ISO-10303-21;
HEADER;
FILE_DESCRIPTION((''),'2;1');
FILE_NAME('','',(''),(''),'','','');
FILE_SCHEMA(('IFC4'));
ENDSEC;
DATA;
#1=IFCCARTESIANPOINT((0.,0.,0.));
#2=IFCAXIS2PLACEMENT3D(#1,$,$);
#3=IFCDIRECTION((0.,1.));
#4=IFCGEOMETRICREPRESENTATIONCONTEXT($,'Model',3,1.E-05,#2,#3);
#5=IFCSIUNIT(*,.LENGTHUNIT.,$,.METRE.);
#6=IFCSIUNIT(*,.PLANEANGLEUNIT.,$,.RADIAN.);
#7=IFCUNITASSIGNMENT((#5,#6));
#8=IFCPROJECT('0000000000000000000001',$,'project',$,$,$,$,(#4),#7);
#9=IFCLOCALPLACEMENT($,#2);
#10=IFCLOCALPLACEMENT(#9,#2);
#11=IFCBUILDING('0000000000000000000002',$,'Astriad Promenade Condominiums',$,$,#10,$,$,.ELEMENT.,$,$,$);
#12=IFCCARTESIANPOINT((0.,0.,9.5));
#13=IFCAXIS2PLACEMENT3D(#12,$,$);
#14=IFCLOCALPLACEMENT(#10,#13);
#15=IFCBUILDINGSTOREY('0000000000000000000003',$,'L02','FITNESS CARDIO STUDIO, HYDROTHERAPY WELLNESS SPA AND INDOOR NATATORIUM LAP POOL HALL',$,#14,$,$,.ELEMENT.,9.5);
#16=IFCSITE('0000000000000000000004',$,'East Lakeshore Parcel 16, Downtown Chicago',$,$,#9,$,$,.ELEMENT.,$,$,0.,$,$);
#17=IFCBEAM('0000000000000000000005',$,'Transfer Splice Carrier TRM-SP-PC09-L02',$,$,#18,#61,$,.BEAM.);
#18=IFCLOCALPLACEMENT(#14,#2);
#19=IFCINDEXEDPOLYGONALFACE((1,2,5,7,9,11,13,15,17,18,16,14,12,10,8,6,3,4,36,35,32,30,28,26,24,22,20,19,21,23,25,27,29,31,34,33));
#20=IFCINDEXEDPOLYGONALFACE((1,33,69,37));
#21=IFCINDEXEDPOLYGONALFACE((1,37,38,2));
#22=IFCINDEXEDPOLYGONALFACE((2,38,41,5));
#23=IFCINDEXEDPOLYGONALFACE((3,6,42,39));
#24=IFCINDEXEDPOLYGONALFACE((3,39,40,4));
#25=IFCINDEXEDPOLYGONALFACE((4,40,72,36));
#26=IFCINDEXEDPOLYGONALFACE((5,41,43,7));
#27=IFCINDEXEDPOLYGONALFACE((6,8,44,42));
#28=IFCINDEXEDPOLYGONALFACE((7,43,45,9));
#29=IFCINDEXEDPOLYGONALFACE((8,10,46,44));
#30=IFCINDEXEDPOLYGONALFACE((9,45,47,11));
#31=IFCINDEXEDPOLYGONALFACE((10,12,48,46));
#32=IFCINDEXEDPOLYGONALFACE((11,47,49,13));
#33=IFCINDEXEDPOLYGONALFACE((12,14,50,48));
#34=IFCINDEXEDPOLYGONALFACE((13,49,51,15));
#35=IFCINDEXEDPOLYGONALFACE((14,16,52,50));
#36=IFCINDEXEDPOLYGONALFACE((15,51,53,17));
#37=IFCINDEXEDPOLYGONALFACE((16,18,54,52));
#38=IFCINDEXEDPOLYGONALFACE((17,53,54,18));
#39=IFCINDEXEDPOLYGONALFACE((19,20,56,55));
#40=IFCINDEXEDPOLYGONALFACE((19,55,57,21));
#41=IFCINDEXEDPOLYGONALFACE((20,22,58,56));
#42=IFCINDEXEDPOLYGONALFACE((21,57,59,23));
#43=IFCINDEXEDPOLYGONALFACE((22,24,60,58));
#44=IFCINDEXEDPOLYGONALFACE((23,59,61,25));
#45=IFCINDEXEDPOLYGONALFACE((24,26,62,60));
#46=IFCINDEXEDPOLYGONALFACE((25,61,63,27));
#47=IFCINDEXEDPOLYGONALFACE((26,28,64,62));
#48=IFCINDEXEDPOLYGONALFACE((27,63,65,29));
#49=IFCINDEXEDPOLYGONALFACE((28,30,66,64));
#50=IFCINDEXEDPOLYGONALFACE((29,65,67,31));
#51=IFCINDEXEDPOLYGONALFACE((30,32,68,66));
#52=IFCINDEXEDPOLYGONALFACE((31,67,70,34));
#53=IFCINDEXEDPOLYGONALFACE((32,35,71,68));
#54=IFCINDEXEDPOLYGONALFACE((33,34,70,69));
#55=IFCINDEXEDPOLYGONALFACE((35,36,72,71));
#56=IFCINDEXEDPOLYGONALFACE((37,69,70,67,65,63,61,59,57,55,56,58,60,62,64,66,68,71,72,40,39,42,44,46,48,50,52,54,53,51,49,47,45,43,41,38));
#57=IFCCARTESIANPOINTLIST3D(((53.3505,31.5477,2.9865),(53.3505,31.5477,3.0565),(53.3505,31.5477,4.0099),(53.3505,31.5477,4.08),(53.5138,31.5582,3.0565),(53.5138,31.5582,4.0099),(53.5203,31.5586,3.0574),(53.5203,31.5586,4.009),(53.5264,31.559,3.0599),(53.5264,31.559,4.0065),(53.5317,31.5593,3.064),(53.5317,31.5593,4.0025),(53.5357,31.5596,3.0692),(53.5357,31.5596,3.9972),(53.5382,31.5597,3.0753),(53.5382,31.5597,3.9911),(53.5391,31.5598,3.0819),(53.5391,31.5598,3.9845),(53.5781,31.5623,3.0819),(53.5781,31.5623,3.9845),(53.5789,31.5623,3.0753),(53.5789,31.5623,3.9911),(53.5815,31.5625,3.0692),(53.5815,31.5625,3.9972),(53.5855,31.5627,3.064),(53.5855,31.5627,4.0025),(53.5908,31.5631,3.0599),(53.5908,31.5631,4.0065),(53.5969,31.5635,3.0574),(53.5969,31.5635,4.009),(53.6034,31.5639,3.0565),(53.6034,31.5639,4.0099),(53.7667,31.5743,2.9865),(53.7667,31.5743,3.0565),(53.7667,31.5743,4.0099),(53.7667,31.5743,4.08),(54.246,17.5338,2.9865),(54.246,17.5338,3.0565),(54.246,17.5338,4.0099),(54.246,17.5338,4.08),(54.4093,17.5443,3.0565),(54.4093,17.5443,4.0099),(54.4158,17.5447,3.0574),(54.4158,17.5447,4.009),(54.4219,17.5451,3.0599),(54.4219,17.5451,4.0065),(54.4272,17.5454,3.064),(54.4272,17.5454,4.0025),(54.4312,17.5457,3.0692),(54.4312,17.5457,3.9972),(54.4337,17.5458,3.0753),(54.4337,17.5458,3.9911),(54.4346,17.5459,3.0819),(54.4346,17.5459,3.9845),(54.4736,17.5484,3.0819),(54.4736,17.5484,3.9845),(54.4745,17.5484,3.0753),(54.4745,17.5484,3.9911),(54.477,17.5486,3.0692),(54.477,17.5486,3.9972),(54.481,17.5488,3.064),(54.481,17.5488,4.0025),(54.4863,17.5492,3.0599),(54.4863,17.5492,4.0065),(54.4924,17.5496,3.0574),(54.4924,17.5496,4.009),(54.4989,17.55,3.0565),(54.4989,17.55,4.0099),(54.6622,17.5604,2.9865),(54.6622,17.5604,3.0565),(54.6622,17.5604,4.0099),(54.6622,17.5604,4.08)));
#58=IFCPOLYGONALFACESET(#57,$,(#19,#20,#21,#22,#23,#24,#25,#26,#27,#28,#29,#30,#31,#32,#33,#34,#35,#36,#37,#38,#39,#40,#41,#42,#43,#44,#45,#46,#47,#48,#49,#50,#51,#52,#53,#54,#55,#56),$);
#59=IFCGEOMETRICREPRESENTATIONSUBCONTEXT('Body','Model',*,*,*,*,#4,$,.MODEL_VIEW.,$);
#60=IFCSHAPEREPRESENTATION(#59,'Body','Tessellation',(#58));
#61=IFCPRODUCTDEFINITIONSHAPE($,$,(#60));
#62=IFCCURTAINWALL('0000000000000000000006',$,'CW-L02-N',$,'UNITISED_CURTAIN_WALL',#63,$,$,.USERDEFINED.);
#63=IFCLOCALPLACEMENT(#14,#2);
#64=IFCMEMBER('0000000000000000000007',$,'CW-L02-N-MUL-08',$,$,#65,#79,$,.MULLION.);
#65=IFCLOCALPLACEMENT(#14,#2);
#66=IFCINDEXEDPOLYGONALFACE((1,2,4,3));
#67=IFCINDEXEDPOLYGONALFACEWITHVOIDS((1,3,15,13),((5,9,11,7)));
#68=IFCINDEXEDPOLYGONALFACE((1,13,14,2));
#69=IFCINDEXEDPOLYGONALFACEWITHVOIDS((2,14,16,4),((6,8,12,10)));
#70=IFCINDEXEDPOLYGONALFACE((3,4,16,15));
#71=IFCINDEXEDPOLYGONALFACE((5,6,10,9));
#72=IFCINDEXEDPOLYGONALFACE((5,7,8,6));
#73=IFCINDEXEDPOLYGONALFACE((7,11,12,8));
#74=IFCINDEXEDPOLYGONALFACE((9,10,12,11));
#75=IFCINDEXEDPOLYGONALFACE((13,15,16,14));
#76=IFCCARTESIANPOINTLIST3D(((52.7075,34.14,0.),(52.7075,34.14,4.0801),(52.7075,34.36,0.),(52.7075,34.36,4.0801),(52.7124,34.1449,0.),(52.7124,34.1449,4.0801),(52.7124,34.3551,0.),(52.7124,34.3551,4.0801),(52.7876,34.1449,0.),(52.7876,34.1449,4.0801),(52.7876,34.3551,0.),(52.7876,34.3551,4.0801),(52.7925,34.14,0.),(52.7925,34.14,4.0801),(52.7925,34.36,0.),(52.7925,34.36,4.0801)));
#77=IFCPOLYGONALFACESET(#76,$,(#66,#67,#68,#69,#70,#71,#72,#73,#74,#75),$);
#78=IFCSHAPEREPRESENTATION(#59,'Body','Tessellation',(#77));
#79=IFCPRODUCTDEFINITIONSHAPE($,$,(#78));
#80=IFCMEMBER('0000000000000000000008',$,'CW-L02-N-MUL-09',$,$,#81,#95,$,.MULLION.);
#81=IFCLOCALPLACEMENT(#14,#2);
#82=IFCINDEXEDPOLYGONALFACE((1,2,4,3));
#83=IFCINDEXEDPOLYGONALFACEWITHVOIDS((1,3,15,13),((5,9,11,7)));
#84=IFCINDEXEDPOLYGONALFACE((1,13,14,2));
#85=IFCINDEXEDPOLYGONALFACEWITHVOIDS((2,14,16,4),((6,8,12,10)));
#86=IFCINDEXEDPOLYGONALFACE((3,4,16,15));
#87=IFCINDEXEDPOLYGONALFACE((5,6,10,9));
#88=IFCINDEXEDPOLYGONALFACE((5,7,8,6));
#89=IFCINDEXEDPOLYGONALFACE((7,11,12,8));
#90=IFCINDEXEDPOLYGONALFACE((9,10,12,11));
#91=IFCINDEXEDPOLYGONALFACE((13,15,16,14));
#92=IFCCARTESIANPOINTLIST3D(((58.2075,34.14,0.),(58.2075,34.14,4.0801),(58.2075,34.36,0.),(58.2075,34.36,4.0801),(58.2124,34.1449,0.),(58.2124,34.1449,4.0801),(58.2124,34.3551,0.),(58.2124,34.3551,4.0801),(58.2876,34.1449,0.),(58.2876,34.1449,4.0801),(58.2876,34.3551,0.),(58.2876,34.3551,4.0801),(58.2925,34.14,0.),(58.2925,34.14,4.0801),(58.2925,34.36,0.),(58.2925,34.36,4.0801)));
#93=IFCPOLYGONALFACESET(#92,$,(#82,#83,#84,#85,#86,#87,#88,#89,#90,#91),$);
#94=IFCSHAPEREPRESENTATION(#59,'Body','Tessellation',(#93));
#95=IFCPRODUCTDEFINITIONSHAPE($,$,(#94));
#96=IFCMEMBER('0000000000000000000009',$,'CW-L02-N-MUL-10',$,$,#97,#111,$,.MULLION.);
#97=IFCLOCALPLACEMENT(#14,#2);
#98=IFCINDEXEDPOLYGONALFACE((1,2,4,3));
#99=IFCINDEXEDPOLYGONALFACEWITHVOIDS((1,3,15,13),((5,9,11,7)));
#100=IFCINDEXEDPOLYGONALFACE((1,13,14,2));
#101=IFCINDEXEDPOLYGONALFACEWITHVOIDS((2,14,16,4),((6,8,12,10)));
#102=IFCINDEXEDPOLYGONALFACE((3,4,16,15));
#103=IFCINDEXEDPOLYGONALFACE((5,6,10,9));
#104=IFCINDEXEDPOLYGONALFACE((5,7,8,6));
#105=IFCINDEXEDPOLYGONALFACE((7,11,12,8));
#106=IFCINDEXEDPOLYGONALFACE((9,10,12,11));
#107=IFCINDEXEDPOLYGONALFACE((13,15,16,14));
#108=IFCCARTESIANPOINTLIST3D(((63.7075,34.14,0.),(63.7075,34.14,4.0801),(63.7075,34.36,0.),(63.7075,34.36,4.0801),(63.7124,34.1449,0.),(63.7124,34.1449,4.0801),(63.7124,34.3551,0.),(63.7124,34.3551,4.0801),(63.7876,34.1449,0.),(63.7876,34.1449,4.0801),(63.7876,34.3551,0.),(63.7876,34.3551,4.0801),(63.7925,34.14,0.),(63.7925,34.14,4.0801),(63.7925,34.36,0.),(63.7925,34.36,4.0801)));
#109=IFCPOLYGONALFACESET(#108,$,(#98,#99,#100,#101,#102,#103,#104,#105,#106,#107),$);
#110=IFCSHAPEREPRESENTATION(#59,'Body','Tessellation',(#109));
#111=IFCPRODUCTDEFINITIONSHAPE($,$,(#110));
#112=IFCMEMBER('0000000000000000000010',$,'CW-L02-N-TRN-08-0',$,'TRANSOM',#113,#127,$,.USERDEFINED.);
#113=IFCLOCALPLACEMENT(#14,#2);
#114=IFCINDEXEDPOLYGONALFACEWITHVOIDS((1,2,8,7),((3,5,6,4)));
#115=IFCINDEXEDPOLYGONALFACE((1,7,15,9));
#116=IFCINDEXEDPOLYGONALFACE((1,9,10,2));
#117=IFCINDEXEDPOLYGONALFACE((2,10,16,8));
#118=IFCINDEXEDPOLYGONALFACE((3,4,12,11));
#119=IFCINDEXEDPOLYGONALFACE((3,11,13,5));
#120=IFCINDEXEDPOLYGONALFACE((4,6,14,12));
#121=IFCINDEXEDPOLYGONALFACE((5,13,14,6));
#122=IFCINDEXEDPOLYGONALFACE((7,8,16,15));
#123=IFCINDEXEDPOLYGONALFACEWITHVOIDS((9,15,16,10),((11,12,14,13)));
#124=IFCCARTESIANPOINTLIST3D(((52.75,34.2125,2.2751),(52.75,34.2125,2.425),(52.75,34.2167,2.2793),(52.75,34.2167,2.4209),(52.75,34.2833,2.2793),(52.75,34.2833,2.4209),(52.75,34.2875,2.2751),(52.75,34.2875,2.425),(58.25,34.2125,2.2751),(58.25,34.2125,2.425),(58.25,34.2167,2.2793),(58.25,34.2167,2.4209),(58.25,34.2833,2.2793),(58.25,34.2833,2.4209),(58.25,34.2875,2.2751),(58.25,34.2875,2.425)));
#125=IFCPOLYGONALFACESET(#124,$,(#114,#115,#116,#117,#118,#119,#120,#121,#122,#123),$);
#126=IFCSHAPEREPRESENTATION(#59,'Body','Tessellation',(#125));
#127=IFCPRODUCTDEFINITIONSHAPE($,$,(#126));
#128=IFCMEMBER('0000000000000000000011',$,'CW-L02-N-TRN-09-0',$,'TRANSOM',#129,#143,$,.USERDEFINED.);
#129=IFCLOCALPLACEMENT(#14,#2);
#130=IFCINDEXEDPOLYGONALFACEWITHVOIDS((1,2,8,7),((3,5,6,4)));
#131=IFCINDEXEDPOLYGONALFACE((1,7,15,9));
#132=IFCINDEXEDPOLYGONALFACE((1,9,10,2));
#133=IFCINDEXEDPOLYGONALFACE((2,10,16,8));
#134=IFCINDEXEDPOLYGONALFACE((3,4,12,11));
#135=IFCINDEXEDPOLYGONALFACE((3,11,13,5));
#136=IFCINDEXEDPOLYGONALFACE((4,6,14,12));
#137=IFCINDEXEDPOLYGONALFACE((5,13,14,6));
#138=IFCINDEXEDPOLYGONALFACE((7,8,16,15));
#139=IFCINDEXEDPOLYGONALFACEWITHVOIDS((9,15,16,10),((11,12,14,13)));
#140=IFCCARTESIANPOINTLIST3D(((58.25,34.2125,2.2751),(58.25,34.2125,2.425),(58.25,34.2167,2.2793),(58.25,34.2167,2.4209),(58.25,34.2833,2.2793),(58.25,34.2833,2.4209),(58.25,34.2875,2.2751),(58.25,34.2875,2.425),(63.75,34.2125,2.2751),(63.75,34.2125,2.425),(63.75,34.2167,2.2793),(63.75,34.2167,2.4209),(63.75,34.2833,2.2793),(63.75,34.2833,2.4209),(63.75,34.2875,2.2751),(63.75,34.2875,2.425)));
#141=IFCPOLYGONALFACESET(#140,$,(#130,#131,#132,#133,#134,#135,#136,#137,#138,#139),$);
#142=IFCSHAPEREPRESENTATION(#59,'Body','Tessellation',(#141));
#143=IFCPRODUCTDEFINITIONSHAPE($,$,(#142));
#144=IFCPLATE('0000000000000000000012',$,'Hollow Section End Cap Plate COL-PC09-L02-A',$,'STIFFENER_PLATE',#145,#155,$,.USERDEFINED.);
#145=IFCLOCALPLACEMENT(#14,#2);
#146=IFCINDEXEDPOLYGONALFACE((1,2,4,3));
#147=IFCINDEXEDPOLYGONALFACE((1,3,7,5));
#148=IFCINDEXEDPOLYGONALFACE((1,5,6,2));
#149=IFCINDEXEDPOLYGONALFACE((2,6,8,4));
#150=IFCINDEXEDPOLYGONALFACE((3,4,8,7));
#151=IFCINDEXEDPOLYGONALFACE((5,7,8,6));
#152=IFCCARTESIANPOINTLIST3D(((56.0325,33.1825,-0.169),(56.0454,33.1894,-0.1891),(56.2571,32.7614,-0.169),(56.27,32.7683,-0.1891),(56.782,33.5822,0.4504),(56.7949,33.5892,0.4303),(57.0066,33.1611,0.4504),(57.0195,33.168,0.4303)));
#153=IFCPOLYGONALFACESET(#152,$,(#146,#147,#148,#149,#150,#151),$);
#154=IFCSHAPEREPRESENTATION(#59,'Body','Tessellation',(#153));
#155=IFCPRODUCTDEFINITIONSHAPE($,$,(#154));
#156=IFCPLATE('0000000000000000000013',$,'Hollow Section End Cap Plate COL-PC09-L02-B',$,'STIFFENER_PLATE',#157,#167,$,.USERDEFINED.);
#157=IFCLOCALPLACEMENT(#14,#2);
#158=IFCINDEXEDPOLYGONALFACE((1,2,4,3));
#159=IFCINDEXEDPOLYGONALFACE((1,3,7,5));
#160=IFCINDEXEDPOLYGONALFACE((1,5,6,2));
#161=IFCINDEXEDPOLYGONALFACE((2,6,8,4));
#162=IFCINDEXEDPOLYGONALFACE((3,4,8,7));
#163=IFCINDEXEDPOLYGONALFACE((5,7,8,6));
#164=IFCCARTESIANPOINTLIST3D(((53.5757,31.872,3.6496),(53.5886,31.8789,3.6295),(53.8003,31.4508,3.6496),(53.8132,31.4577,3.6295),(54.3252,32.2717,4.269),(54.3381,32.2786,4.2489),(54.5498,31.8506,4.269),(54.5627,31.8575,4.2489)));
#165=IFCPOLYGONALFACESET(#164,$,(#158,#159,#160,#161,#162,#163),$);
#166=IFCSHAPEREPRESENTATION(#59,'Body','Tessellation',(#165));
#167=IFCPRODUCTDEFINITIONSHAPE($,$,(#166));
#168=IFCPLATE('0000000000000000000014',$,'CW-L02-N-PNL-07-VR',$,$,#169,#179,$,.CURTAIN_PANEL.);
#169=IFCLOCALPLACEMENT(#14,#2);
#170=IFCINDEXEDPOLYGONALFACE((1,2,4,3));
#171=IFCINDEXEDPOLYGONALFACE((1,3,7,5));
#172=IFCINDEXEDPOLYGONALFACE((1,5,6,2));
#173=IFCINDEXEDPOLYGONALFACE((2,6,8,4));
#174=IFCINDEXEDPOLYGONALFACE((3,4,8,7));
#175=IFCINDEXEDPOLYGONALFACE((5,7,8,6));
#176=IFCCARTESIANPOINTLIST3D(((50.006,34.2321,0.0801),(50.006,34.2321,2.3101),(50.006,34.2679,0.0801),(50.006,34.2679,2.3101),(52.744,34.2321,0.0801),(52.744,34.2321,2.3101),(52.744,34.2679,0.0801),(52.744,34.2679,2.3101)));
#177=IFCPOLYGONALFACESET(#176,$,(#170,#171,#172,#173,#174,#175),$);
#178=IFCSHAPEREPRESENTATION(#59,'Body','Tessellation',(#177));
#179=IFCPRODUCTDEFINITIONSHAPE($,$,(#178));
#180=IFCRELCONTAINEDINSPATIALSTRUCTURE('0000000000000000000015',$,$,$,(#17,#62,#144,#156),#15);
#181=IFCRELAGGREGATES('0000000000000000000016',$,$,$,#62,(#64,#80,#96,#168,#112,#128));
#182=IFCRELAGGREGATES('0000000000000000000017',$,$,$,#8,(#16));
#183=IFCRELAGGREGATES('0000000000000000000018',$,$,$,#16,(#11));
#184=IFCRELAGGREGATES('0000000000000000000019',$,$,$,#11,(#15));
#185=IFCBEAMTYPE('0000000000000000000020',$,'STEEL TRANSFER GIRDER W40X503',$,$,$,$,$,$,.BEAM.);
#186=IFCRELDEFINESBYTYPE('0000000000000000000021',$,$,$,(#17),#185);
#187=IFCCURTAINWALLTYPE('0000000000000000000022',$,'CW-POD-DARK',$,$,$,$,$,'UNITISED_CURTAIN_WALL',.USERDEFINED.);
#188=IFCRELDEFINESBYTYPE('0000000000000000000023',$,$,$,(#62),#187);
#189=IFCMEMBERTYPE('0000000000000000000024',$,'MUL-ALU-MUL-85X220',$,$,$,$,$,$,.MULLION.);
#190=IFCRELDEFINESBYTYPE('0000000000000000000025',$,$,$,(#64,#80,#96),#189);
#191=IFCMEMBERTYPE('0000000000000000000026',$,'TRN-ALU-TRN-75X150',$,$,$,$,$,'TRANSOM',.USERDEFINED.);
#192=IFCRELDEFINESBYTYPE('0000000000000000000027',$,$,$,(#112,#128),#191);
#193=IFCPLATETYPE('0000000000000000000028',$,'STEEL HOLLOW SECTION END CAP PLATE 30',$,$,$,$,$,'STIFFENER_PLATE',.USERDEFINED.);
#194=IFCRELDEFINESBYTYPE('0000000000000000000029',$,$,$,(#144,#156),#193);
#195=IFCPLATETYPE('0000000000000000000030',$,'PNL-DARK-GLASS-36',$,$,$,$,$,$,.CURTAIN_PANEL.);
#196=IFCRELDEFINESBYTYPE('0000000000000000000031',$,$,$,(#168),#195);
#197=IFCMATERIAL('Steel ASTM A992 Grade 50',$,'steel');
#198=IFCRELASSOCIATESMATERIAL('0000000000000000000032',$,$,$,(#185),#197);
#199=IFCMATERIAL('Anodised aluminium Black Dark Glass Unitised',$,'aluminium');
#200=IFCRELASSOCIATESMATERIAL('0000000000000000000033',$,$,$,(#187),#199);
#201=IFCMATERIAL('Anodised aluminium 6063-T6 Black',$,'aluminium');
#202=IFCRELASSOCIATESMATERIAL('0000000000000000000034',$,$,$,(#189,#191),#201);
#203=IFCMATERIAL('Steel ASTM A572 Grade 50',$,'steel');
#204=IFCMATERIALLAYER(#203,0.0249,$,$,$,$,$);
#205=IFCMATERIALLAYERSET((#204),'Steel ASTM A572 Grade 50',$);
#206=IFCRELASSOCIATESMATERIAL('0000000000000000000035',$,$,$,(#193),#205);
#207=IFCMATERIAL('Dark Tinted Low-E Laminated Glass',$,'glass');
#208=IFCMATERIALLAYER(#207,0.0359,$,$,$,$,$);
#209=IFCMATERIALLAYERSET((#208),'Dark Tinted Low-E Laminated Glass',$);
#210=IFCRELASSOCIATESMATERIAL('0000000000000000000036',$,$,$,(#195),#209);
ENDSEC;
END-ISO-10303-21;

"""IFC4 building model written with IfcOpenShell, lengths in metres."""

from ifc_helpers import new_model, si_unit, direction, frame, origin, origin_2d, place, context, subcontext, project, spatial, rectangle, hollow_rectangle, i_section, extrude, source, transform, mapped, material, layer, layer_set, material_profile, profile_set, type_object, type_shapes, element, aggregate, save


model = new_model("IFC4")

# Units and contexts
model_context = context("Model", 3, precision=1e-05, world=origin(), true_north=direction((0.0, 1.0)))
body_context = subcontext(model_context, "Body", "Model", "MODEL_VIEW")
ifc_project = project(units=[si_unit("LENGTHUNIT", "METRE"), si_unit("PLANEANGLEUNIT", "RADIAN")], contexts=[model_context])

# Site, building, storey
site_placement = place(None, origin())
site = spatial("IfcSite", under=ifc_project, at=site_placement, Name="East Lakeshore Parcel 16, Downtown Chicago", CompositionType="ELEMENT", RefElevation=0.0)
building_placement = place(site_placement, origin())
building = spatial("IfcBuilding", under=site, at=building_placement, Name="Astriad Promenade Condominiums", CompositionType="ELEMENT")
storey_placement = place(building_placement, frame((0.0, 0.0, 9.5)))
storey = spatial("IfcBuildingStorey", under=building, at=storey_placement, Name="L02", Description="FITNESS CARDIO STUDIO, HYDROTHERAPY WELLNESS SPA AND INDOOR NATATORIUM LAP POOL HALL", CompositionType="ELEMENT", Elevation=9.5)

# Shared definitions
ifc_material_1 = material(Name="Steel ASTM A992 Grade 50", Category="steel")

# Beam
ifc_material_profile_1 = material_profile(ifc_material_1, i_section(OverallWidth=0.417, OverallDepth=1.0935, WebThickness=0.0391, FlangeThickness=0.0701, FilletRadius=0.0254, at=origin_2d()), Name="W40X503")
ifc_profile_set_1 = profile_set([ifc_material_profile_1], Name="Steel ASTM A992 Grade 50")
beam_type_1 = type_object("IfcBeamType", Name="STEEL TRANSFER GIRDER W40X503", PredefinedType="BEAM", material=ifc_profile_set_1)
shared_shape_1 = source(origin(), body_context, "Body", "SweptSolid", [
    extrude(i_section(OverallWidth=0.417, OverallDepth=1.0935, WebThickness=0.0391, FlangeThickness=0.0701, FilletRadius=0.0254, at=origin_2d()), origin(), (0.0, 0.0, 1.0), 14.0425),
])
type_shapes(beam_type_1, [shared_shape_1])
beam_1_placement = place(storey_placement, frame((54.4541, 17.5471, 3.5332), z_axis=(-0.063771, 0.997965, 0.0), x_axis=(-0.997965, -0.063771, 0.0)))
element("IfcBeam", 1, at=beam_1_placement, inside=storey, type_object=beam_type_1, Name="Transfer Splice Carrier TRM-SP-PC09-L02", PredefinedType="BEAM", context=body_context, shape_type="MappedRepresentation", body=[
    mapped(shared_shape_1, transform((0.0, 0.0, 0.0), scale=1.0)),
])

# Curtain wall, members
ifc_material_2 = material(Name="Anodised aluminium Black Dark Glass Unitised", Category="aluminium")
curtain_wall_type = type_object("IfcCurtainWallType", Name="CW-POD-DARK", ElementType="UNITISED_CURTAIN_WALL", PredefinedType="USERDEFINED", material=ifc_material_2)
curtain_wall_placement = place(storey_placement, origin())
curtain_wall = element("IfcCurtainWall", 2, at=curtain_wall_placement, inside=storey, type_object=curtain_wall_type, Name="CW-L02-N", ObjectType="UNITISED_CURTAIN_WALL", PredefinedType="USERDEFINED")
ifc_material_3 = material(Name="Anodised aluminium 6063-T6 Black", Category="aluminium")
ifc_material_profile_2 = material_profile(ifc_material_3, hollow_rectangle(XDim=0.085, YDim=0.22, WallThickness=0.0049, at=origin_2d()), Name="ALU-MUL-85X220")
ifc_profile_set_2 = profile_set([ifc_material_profile_2], Name="Anodised aluminium 6063-T6 Black")
member_type_1 = type_object("IfcMemberType", Name="MUL-ALU-MUL-85X220", PredefinedType="MULLION", material=ifc_profile_set_2)
shared_shape_2 = source(origin(), body_context, "Body", "SweptSolid", [
    extrude(hollow_rectangle(XDim=0.085, YDim=0.22, WallThickness=0.0049, at=origin_2d()), origin(), (0.0, 0.0, 1.0), 4.0801),
])
type_shapes(member_type_1, [shared_shape_2])
member_1_placement = place(storey_placement, frame((52.75, 34.25, 0.0), z_axis=(0.0, 0.0, 1.0), x_axis=(1.0, 0.0, 0.0)))
member_1 = element("IfcMember", 3, at=member_1_placement, type_object=member_type_1, Name="CW-L02-N-MUL-08", PredefinedType="MULLION", context=body_context, shape_type="MappedRepresentation", body=[
    mapped(shared_shape_2, transform((0.0, 0.0, 0.0), scale=1.0)),
])
member_2_placement = place(storey_placement, frame((58.25, 34.25, 0.0), z_axis=(0.0, 0.0, 1.0), x_axis=(1.0, 0.0, 0.0)))
member_2 = element("IfcMember", 4, at=member_2_placement, type_object=member_type_1, Name="CW-L02-N-MUL-09", PredefinedType="MULLION", context=body_context, shape_type="MappedRepresentation", body=[
    mapped(shared_shape_2, transform((0.0, 0.0, 0.0), scale=1.0)),
])
member_3_placement = place(storey_placement, frame((63.75, 34.25, 0.0), z_axis=(0.0, 0.0, 1.0), x_axis=(1.0, 0.0, 0.0)))
member_3 = element("IfcMember", 5, at=member_3_placement, type_object=member_type_1, Name="CW-L02-N-MUL-10", PredefinedType="MULLION", context=body_context, shape_type="MappedRepresentation", body=[
    mapped(shared_shape_2, transform((0.0, 0.0, 0.0), scale=1.0)),
])
ifc_material_profile_3 = material_profile(ifc_material_3, hollow_rectangle(XDim=0.075, YDim=0.1499, WallThickness=0.0042, at=origin_2d()), Name="ALU-TRN-75X150")
ifc_profile_set_3 = profile_set([ifc_material_profile_3], Name="Anodised aluminium 6063-T6 Black")
member_type_2 = type_object("IfcMemberType", Name="TRN-ALU-TRN-75X150", ElementType="TRANSOM", PredefinedType="USERDEFINED", material=ifc_profile_set_3)
shared_shape_3 = source(origin(), body_context, "Body", "SweptSolid", [
    extrude(hollow_rectangle(XDim=0.075, YDim=0.1499, WallThickness=0.0042, at=origin_2d()), origin(), (0.0, 0.0, 1.0), 5.5),
])
type_shapes(member_type_2, [shared_shape_3])
member_4_placement = place(storey_placement, frame((52.75, 34.25, 2.3501), z_axis=(1.0, 0.0, 0.0), x_axis=(0.0, 1.0, 0.0)))
member_4 = element("IfcMember", 6, at=member_4_placement, type_object=member_type_2, Name="CW-L02-N-TRN-08-0", ObjectType="TRANSOM", PredefinedType="USERDEFINED", context=body_context, shape_type="MappedRepresentation", body=[
    mapped(shared_shape_3, transform((0.0, 0.0, 0.0), scale=1.0)),
])
member_5_placement = place(storey_placement, frame((58.25, 34.25, 2.3501), z_axis=(1.0, 0.0, 0.0), x_axis=(0.0, 1.0, 0.0)))
member_5 = element("IfcMember", 7, at=member_5_placement, type_object=member_type_2, Name="CW-L02-N-TRN-09-0", ObjectType="TRANSOM", PredefinedType="USERDEFINED", context=body_context, shape_type="MappedRepresentation", body=[
    mapped(shared_shape_3, transform((0.0, 0.0, 0.0), scale=1.0)),
])

# Plates
ifc_material_4 = material(Name="Steel ASTM A572 Grade 50", Category="steel")
ifc_layer_1 = layer(ifc_material_4, 0.0249)
ifc_layer_set_1 = layer_set([ifc_layer_1], Name="Steel ASTM A572 Grade 50")
plate_type_1 = type_object("IfcPlateType", Name="STEEL HOLLOW SECTION END CAP PLATE 30", ElementType="STIFFENER_PLATE", PredefinedType="USERDEFINED", material=ifc_layer_set_1)
shared_shape_4 = source(origin(), body_context, "Body", "SweptSolid", [
    extrude(rectangle(XDim=0.4773, YDim=1.0513, at=origin_2d()), origin(), (0.0, 0.0, 1.0), 0.0249),
])
type_shapes(plate_type_1, [shared_shape_4])
for number, where, z_axis, x_axis, name in (
    (8, (56.5325, 33.1787, 0.1206), (-0.519853, -0.277264, 0.808008), (0.470599, -0.882347, 0.0), "Hollow Section End Cap Plate COL-PC09-L02-A"),
    (9, (54.0757, 31.8682, 3.9392), (-0.519853, -0.277264, 0.808008), (0.470599, -0.882347, 0.0), "Hollow Section End Cap Plate COL-PC09-L02-B"),
):
    element("IfcPlate", number, at=place(storey_placement, frame(where, z_axis=z_axis, x_axis=x_axis)), inside=storey, type_object=plate_type_1, Name=name, ObjectType="STIFFENER_PLATE", PredefinedType="USERDEFINED", context=body_context, shape_type="MappedRepresentation", body=[
        mapped(shared_shape_4, transform((0.0, 0.0, 0.0), scale=1.0)),
    ])

# Plate
ifc_material_5 = material(Name="Dark Tinted Low-E Laminated Glass", Category="glass")
ifc_layer_2 = layer(ifc_material_5, 0.0359)
ifc_layer_set_2 = layer_set([ifc_layer_2], Name="Dark Tinted Low-E Laminated Glass")
plate_type_2 = type_object("IfcPlateType", Name="PNL-DARK-GLASS-36", PredefinedType="CURTAIN_PANEL", material=ifc_layer_set_2)
shared_shape_5 = source(origin(), body_context, "Body", "SweptSolid", [
    extrude(rectangle(XDim=2.738, YDim=0.0359, at=origin_2d()), origin(), (0.0, 0.0, 1.0), 2.23),
])
plate_1_placement = place(storey_placement, frame((51.375, 34.25, 0.0801), z_axis=(0.0, 0.0, 1.0), x_axis=(1.0, 0.0, 0.0)))
plate_1 = element("IfcPlate", 10, at=plate_1_placement, type_object=plate_type_2, Name="CW-L02-N-PNL-07-VR", PredefinedType="CURTAIN_PANEL", context=body_context, shape_type="MappedRepresentation", body=[
    mapped(shared_shape_5, transform((0.0, 0.0, 0.0), scale=1.0)),
])
aggregate(curtain_wall, [member_1, member_2, member_3, plate_1, member_4, member_5])

save(model, "model.ifc")
